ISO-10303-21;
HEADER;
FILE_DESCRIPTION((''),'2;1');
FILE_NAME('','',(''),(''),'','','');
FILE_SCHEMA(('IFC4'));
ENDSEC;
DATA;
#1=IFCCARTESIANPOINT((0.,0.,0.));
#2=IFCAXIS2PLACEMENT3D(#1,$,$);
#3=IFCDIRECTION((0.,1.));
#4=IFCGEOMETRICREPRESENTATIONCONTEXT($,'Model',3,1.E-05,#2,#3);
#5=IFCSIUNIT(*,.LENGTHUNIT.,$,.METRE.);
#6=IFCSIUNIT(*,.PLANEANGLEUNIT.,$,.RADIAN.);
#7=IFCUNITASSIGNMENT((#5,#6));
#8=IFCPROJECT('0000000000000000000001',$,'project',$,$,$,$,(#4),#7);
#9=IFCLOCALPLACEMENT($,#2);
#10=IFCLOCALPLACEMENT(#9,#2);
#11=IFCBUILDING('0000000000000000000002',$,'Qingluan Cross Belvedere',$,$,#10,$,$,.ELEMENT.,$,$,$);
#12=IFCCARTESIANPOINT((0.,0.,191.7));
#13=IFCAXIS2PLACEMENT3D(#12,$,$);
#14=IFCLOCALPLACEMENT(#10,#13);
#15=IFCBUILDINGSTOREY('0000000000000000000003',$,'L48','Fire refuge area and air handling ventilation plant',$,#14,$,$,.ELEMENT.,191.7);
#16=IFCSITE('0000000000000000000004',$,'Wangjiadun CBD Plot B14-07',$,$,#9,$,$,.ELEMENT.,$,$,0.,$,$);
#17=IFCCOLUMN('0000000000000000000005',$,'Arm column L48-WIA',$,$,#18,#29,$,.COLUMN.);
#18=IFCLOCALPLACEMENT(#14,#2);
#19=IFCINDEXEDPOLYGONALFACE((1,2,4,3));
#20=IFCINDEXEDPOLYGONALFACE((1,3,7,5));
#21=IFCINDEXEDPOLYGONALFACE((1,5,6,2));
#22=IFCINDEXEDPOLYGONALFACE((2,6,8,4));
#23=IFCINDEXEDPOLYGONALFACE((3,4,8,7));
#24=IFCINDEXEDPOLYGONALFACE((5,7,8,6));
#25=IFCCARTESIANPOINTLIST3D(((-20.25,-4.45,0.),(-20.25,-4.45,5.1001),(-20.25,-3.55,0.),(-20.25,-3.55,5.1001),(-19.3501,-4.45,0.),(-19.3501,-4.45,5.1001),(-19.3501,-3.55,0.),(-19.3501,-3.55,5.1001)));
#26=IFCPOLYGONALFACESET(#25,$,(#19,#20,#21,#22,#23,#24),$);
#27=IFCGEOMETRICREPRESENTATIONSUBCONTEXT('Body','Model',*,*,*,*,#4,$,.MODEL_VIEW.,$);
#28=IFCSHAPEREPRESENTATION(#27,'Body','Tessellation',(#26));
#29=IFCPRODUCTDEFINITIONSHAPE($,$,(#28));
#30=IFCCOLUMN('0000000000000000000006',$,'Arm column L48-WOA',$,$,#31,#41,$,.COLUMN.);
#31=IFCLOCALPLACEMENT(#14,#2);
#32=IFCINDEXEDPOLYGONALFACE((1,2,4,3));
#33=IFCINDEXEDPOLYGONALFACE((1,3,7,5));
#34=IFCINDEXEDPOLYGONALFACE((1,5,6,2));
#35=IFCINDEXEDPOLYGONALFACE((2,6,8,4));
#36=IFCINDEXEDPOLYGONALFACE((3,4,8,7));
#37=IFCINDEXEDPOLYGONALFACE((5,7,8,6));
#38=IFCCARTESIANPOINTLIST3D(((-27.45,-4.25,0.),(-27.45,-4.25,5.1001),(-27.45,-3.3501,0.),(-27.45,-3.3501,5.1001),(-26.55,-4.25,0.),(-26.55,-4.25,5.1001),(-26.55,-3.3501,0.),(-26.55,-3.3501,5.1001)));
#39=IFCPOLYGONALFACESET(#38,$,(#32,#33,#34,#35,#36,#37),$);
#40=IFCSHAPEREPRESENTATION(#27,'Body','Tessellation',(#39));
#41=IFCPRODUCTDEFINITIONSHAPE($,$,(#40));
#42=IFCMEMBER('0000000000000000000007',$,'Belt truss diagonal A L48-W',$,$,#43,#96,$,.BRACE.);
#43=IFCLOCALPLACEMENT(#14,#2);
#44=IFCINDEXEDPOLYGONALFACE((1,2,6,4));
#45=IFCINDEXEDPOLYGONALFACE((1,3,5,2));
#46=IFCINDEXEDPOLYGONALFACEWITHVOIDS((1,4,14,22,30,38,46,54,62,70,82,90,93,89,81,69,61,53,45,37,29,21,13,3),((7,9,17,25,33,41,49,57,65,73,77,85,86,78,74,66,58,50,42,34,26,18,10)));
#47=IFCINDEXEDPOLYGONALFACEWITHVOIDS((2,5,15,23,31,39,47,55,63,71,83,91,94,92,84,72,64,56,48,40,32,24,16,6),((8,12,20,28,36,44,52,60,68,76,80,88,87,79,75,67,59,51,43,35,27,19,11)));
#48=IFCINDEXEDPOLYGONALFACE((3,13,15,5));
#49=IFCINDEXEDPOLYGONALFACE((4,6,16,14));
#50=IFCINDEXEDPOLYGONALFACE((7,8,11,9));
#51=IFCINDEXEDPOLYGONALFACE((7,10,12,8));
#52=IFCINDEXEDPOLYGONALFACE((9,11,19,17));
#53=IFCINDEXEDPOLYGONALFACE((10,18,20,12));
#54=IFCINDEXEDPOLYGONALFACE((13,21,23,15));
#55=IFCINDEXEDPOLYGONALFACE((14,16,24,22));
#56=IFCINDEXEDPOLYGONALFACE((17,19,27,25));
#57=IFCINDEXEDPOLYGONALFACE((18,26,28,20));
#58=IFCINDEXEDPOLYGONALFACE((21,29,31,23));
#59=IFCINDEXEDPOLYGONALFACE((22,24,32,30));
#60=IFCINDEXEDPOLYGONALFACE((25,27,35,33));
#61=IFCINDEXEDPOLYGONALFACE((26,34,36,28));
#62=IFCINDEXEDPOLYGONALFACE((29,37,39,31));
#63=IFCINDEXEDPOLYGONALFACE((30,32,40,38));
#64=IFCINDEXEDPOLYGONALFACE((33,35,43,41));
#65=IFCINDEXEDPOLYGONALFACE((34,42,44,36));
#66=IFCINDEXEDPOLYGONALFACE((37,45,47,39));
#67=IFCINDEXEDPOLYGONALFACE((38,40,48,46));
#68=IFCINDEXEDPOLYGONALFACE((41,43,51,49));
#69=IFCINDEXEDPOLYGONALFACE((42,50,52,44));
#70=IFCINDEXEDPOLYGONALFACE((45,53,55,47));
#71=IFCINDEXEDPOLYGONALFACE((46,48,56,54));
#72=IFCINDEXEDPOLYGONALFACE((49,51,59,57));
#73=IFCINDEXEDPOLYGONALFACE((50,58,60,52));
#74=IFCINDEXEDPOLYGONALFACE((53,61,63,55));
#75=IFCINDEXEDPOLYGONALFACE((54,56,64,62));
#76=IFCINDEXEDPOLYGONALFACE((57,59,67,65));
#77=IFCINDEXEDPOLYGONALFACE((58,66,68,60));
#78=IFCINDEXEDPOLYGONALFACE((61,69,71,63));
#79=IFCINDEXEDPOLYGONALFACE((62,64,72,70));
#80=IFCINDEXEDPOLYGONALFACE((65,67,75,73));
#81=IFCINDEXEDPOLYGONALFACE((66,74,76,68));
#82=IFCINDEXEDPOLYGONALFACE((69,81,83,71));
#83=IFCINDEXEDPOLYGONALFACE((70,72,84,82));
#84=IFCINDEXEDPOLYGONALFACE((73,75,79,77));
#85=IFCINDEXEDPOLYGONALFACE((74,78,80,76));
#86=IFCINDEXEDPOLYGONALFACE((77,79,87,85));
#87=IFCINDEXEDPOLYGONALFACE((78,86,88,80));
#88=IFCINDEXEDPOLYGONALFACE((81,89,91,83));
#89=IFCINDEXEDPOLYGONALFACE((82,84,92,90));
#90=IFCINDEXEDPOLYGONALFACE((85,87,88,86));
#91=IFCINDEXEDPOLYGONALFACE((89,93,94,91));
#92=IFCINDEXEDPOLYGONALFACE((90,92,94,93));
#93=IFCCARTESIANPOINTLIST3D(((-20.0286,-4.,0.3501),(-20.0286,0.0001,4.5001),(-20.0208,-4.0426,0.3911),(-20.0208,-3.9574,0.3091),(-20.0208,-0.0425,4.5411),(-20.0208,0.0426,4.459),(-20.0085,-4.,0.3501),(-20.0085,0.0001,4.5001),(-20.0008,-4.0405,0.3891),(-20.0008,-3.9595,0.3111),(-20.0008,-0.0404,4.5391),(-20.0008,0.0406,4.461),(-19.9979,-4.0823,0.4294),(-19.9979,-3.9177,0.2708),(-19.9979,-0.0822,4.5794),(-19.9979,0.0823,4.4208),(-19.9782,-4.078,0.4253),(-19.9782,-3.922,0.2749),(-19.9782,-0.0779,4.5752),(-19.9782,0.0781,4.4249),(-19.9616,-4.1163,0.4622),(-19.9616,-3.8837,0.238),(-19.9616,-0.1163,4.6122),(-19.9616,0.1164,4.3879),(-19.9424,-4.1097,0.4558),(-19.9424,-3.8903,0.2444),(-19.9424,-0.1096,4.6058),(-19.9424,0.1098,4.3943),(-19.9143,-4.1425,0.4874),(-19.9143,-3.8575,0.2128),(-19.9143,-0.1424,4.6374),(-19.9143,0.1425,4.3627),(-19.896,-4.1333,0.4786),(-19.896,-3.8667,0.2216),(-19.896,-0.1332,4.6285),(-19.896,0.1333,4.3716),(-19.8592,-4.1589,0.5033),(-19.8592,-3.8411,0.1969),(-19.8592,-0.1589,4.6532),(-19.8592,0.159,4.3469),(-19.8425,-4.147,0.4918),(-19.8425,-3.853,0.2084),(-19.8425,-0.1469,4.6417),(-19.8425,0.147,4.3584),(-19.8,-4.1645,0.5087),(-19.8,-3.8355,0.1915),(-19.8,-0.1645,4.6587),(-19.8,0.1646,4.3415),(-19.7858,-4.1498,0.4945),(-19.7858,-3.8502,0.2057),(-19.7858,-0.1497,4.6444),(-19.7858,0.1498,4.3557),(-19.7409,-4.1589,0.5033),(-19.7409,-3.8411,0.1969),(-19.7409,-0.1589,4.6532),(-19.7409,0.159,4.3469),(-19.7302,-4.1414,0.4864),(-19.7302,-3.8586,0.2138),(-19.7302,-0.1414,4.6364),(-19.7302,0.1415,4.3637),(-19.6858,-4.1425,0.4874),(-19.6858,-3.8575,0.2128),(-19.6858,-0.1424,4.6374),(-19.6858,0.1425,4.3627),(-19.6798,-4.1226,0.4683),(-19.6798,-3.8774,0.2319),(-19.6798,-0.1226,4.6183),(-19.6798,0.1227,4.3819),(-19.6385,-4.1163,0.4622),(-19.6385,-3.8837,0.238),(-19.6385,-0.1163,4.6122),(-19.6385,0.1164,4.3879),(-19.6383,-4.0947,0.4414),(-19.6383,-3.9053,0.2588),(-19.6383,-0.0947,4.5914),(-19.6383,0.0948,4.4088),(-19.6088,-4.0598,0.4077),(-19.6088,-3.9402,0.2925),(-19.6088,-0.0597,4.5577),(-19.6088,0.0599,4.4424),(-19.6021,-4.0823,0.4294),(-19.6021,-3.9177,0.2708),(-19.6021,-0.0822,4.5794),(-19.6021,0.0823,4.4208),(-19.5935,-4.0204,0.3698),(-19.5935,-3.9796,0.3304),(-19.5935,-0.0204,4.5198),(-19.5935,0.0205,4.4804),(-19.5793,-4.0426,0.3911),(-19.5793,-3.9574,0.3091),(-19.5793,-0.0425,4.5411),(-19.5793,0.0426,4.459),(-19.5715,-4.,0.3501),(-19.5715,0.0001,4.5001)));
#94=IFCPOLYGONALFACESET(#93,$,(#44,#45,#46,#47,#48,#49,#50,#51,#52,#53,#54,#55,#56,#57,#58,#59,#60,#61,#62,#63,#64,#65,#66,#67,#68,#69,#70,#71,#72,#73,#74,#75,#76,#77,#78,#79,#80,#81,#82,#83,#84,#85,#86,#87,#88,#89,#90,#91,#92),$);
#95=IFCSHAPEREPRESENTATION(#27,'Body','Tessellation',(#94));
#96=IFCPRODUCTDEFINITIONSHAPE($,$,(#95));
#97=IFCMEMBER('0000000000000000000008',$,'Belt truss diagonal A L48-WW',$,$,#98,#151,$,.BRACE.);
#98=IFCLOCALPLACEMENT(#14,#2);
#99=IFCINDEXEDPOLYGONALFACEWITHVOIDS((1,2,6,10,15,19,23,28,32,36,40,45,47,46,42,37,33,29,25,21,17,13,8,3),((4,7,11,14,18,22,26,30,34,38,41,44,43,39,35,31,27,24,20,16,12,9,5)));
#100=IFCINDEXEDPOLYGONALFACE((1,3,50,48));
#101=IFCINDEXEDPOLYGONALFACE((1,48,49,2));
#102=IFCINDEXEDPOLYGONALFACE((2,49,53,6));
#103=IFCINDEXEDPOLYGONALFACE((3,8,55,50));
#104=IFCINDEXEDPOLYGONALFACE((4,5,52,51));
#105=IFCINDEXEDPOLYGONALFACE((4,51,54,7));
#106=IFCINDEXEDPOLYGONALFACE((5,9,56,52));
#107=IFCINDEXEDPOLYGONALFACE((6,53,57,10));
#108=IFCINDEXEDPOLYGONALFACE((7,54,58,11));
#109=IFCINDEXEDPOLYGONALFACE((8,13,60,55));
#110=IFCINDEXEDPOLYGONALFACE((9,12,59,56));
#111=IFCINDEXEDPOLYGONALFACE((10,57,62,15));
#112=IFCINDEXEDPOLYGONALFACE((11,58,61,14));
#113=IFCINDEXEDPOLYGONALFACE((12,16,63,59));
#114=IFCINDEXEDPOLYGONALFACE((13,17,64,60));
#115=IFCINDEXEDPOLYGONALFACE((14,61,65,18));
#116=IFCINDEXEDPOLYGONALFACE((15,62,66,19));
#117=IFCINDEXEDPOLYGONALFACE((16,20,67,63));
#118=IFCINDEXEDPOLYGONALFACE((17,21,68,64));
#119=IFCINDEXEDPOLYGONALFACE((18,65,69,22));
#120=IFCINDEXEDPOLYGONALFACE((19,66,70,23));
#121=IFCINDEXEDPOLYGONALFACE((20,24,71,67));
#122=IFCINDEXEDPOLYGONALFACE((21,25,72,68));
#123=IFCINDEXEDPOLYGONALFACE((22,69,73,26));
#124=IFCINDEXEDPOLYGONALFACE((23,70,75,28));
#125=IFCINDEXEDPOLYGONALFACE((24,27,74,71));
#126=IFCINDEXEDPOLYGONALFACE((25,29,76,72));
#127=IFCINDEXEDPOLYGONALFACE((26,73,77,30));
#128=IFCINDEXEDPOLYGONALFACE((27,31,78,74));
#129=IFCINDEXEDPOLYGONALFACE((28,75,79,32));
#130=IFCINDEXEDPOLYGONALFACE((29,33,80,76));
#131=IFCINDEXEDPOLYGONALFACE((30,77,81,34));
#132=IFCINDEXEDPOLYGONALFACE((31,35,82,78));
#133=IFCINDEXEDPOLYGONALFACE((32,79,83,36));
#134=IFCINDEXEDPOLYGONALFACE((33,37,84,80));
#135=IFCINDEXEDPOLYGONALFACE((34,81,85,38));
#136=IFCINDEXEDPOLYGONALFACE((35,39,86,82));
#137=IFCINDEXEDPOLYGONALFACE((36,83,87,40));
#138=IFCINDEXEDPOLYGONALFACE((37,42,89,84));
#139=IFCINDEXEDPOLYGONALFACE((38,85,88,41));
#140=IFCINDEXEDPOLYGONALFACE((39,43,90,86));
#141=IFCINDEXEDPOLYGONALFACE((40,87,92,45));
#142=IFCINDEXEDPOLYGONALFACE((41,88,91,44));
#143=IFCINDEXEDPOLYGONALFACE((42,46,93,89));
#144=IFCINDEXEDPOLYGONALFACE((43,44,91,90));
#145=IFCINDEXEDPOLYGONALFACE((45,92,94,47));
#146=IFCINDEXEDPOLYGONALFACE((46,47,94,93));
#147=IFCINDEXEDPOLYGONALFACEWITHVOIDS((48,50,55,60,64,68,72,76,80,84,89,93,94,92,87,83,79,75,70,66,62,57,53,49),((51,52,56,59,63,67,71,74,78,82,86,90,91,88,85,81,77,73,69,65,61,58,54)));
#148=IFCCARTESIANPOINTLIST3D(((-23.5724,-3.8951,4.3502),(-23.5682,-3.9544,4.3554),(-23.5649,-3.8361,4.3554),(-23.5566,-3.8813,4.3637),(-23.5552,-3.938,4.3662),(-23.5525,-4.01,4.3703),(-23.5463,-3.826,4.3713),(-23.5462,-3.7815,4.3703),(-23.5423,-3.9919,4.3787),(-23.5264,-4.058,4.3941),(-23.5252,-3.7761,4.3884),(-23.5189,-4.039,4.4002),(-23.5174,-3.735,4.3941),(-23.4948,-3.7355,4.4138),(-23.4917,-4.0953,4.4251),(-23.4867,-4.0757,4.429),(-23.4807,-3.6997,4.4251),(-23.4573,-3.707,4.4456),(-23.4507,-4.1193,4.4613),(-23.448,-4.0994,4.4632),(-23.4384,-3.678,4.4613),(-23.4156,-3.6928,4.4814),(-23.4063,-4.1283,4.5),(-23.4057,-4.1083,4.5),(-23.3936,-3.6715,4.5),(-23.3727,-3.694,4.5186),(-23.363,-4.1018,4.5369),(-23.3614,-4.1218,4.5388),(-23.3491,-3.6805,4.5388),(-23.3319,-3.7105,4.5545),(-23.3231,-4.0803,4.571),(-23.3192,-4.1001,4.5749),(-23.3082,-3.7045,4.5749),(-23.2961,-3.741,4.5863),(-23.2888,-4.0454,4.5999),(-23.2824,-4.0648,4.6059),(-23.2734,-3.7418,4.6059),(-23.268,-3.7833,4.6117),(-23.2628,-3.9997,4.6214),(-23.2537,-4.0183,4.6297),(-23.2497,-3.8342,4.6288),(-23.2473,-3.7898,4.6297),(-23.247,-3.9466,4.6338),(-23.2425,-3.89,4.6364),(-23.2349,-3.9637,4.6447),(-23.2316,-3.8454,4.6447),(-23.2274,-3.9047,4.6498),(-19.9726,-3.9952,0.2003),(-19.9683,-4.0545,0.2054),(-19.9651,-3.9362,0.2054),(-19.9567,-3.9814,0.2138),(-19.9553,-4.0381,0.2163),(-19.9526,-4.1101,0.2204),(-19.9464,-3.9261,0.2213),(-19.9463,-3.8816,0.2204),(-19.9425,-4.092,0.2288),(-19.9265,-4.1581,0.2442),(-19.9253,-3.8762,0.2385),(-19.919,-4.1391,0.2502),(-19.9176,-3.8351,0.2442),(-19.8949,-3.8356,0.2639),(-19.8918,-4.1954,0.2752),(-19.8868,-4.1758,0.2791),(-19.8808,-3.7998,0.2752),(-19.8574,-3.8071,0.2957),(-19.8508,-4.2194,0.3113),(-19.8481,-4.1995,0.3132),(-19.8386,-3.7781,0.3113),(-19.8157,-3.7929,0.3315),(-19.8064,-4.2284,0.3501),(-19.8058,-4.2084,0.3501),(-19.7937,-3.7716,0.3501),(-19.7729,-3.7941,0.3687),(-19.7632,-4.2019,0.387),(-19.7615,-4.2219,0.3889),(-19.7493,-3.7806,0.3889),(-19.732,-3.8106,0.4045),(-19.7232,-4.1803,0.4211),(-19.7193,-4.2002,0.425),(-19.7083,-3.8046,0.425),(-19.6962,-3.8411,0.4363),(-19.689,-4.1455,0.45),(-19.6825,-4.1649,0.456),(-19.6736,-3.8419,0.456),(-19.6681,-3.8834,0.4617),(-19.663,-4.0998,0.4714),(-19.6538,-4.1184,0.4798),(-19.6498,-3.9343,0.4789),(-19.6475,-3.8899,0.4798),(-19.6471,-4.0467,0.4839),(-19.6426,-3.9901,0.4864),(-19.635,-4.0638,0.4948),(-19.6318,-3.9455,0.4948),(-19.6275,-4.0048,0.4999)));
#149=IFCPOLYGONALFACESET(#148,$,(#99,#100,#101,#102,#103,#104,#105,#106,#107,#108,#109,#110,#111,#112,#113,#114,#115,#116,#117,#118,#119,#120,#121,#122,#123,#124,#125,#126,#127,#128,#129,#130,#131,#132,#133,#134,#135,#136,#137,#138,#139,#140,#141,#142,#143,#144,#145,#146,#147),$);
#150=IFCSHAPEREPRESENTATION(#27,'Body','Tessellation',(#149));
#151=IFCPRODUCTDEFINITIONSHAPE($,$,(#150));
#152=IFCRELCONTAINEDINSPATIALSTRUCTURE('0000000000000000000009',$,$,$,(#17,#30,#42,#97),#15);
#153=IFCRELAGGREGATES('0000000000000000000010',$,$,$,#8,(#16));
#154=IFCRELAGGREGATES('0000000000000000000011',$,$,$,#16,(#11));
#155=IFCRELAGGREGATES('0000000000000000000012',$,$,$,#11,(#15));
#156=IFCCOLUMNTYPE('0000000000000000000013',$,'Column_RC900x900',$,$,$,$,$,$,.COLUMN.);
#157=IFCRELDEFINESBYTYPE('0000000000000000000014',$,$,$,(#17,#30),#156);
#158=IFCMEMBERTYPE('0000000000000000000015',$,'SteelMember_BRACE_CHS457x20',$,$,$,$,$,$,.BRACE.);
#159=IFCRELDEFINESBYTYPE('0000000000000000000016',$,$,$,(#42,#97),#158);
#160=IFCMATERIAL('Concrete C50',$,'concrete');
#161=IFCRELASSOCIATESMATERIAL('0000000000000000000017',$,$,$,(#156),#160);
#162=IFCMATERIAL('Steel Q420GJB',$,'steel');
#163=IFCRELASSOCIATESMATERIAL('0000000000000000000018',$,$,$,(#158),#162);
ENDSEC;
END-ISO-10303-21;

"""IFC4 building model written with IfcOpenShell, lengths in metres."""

from ifc_helpers import new_model, si_unit, direction, frame, origin, origin_2d, place, context, subcontext, project, spatial, rectangle, hollow_circle, extrude, material, material_profile, profile_set, type_object, element, save


model = new_model("IFC4")

# Units and contexts
model_context = context("Model", 3, precision=1e-05, world=origin(), true_north=direction((0.0, 1.0)))
body_context = subcontext(model_context, "Body", "Model", "MODEL_VIEW")
ifc_project = project(units=[si_unit("LENGTHUNIT", "METRE"), si_unit("PLANEANGLEUNIT", "RADIAN")], contexts=[model_context])

# Site, building, storey
site_placement = place(None, origin())
site = spatial("IfcSite", under=ifc_project, at=site_placement, Name="Wangjiadun CBD Plot B14-07", CompositionType="ELEMENT", RefElevation=0.0)
building_placement = place(site_placement, origin())
building = spatial("IfcBuilding", under=site, at=building_placement, Name="Qingluan Cross Belvedere", CompositionType="ELEMENT")
storey_placement = place(building_placement, frame((0.0, 0.0, 191.7)))
storey = spatial("IfcBuildingStorey", under=building, at=storey_placement, Name="L48", Description="Fire refuge area and air handling ventilation plant", CompositionType="ELEMENT", Elevation=191.7)

# Columns
ifc_material_1 = material(Name="Concrete C50", Category="concrete")
ifc_material_profile_1 = material_profile(ifc_material_1, rectangle(XDim=0.8999, YDim=0.8999, at=origin_2d()), Name="RC900x900")
ifc_profile_set_1 = profile_set([ifc_material_profile_1], Name="Concrete C50")
column_type = type_object("IfcColumnType", Name="Column_RC900x900", PredefinedType="COLUMN", material=ifc_profile_set_1)
for number, where, z_axis, x_axis, name in (
    (1, (-19.8, -4.0, 0.0), (0.0, 0.0, 1.0), (1.0, 0.0, 0.0), "Arm column L48-WIA"),
    (2, (-27.0, -3.8, 0.0), (0.0, 0.0, 1.0), (1.0, 0.0, 0.0), "Arm column L48-WOA"),
):
    element("IfcColumn", number, at=place(storey_placement, frame(where, z_axis=z_axis, x_axis=x_axis)), inside=storey, type_object=column_type, Name=name, PredefinedType="COLUMN", context=body_context, shape_type="SweptSolid", body=[
        extrude(rectangle(XDim=0.8999, YDim=0.8999, at=origin_2d()), origin(), (0.0, 0.0, 1.0), 5.1001),
    ])

# Members
ifc_material_2 = material(Name="Steel Q420GJB", Category="steel")
ifc_material_profile_2 = material_profile(ifc_material_2, hollow_circle(Radius=0.2285, WallThickness=0.02, at=origin_2d()), Name="CHS457x20")
ifc_profile_set_2 = profile_set([ifc_material_profile_2], Name="Steel Q420GJB")
member_type_1 = type_object("IfcMemberType", Name="SteelMember_BRACE_CHS457x20", PredefinedType="BRACE", material=ifc_profile_set_2)
member_1_placement = place(storey_placement, frame((-19.8, -4.0, 0.3501), z_axis=(0.0, 0.693983, 0.719991), x_axis=(-1.0, 0.0, 0.0)))
element("IfcMember", 3, at=member_1_placement, inside=storey, type_object=member_type_1, Name="Belt truss diagonal A L48-W", PredefinedType="BRACE", context=body_context, shape_type="SweptSolid", body=[
    extrude(hollow_circle(Radius=0.2285, WallThickness=0.02, at=origin_2d()), origin(), (0.0, 0.0, 1.0), 5.7639),
])
member_2_placement = place(storey_placement, frame((-19.8, -4.0, 0.3501), z_axis=(-0.655162, 0.018217, 0.755269), x_axis=(-0.027795, -0.999614, 0.0)))
element("IfcMember", 4, at=member_2_placement, inside=storey, type_object=member_type_1, Name="Belt truss diagonal A L48-WW", PredefinedType="BRACE", context=body_context, shape_type="SweptSolid", body=[
    extrude(hollow_circle(Radius=0.2285, WallThickness=0.02, at=origin_2d()), origin(), (0.0, 0.0, 1.0), 5.4946),
])

save(model, "model.ifc")
